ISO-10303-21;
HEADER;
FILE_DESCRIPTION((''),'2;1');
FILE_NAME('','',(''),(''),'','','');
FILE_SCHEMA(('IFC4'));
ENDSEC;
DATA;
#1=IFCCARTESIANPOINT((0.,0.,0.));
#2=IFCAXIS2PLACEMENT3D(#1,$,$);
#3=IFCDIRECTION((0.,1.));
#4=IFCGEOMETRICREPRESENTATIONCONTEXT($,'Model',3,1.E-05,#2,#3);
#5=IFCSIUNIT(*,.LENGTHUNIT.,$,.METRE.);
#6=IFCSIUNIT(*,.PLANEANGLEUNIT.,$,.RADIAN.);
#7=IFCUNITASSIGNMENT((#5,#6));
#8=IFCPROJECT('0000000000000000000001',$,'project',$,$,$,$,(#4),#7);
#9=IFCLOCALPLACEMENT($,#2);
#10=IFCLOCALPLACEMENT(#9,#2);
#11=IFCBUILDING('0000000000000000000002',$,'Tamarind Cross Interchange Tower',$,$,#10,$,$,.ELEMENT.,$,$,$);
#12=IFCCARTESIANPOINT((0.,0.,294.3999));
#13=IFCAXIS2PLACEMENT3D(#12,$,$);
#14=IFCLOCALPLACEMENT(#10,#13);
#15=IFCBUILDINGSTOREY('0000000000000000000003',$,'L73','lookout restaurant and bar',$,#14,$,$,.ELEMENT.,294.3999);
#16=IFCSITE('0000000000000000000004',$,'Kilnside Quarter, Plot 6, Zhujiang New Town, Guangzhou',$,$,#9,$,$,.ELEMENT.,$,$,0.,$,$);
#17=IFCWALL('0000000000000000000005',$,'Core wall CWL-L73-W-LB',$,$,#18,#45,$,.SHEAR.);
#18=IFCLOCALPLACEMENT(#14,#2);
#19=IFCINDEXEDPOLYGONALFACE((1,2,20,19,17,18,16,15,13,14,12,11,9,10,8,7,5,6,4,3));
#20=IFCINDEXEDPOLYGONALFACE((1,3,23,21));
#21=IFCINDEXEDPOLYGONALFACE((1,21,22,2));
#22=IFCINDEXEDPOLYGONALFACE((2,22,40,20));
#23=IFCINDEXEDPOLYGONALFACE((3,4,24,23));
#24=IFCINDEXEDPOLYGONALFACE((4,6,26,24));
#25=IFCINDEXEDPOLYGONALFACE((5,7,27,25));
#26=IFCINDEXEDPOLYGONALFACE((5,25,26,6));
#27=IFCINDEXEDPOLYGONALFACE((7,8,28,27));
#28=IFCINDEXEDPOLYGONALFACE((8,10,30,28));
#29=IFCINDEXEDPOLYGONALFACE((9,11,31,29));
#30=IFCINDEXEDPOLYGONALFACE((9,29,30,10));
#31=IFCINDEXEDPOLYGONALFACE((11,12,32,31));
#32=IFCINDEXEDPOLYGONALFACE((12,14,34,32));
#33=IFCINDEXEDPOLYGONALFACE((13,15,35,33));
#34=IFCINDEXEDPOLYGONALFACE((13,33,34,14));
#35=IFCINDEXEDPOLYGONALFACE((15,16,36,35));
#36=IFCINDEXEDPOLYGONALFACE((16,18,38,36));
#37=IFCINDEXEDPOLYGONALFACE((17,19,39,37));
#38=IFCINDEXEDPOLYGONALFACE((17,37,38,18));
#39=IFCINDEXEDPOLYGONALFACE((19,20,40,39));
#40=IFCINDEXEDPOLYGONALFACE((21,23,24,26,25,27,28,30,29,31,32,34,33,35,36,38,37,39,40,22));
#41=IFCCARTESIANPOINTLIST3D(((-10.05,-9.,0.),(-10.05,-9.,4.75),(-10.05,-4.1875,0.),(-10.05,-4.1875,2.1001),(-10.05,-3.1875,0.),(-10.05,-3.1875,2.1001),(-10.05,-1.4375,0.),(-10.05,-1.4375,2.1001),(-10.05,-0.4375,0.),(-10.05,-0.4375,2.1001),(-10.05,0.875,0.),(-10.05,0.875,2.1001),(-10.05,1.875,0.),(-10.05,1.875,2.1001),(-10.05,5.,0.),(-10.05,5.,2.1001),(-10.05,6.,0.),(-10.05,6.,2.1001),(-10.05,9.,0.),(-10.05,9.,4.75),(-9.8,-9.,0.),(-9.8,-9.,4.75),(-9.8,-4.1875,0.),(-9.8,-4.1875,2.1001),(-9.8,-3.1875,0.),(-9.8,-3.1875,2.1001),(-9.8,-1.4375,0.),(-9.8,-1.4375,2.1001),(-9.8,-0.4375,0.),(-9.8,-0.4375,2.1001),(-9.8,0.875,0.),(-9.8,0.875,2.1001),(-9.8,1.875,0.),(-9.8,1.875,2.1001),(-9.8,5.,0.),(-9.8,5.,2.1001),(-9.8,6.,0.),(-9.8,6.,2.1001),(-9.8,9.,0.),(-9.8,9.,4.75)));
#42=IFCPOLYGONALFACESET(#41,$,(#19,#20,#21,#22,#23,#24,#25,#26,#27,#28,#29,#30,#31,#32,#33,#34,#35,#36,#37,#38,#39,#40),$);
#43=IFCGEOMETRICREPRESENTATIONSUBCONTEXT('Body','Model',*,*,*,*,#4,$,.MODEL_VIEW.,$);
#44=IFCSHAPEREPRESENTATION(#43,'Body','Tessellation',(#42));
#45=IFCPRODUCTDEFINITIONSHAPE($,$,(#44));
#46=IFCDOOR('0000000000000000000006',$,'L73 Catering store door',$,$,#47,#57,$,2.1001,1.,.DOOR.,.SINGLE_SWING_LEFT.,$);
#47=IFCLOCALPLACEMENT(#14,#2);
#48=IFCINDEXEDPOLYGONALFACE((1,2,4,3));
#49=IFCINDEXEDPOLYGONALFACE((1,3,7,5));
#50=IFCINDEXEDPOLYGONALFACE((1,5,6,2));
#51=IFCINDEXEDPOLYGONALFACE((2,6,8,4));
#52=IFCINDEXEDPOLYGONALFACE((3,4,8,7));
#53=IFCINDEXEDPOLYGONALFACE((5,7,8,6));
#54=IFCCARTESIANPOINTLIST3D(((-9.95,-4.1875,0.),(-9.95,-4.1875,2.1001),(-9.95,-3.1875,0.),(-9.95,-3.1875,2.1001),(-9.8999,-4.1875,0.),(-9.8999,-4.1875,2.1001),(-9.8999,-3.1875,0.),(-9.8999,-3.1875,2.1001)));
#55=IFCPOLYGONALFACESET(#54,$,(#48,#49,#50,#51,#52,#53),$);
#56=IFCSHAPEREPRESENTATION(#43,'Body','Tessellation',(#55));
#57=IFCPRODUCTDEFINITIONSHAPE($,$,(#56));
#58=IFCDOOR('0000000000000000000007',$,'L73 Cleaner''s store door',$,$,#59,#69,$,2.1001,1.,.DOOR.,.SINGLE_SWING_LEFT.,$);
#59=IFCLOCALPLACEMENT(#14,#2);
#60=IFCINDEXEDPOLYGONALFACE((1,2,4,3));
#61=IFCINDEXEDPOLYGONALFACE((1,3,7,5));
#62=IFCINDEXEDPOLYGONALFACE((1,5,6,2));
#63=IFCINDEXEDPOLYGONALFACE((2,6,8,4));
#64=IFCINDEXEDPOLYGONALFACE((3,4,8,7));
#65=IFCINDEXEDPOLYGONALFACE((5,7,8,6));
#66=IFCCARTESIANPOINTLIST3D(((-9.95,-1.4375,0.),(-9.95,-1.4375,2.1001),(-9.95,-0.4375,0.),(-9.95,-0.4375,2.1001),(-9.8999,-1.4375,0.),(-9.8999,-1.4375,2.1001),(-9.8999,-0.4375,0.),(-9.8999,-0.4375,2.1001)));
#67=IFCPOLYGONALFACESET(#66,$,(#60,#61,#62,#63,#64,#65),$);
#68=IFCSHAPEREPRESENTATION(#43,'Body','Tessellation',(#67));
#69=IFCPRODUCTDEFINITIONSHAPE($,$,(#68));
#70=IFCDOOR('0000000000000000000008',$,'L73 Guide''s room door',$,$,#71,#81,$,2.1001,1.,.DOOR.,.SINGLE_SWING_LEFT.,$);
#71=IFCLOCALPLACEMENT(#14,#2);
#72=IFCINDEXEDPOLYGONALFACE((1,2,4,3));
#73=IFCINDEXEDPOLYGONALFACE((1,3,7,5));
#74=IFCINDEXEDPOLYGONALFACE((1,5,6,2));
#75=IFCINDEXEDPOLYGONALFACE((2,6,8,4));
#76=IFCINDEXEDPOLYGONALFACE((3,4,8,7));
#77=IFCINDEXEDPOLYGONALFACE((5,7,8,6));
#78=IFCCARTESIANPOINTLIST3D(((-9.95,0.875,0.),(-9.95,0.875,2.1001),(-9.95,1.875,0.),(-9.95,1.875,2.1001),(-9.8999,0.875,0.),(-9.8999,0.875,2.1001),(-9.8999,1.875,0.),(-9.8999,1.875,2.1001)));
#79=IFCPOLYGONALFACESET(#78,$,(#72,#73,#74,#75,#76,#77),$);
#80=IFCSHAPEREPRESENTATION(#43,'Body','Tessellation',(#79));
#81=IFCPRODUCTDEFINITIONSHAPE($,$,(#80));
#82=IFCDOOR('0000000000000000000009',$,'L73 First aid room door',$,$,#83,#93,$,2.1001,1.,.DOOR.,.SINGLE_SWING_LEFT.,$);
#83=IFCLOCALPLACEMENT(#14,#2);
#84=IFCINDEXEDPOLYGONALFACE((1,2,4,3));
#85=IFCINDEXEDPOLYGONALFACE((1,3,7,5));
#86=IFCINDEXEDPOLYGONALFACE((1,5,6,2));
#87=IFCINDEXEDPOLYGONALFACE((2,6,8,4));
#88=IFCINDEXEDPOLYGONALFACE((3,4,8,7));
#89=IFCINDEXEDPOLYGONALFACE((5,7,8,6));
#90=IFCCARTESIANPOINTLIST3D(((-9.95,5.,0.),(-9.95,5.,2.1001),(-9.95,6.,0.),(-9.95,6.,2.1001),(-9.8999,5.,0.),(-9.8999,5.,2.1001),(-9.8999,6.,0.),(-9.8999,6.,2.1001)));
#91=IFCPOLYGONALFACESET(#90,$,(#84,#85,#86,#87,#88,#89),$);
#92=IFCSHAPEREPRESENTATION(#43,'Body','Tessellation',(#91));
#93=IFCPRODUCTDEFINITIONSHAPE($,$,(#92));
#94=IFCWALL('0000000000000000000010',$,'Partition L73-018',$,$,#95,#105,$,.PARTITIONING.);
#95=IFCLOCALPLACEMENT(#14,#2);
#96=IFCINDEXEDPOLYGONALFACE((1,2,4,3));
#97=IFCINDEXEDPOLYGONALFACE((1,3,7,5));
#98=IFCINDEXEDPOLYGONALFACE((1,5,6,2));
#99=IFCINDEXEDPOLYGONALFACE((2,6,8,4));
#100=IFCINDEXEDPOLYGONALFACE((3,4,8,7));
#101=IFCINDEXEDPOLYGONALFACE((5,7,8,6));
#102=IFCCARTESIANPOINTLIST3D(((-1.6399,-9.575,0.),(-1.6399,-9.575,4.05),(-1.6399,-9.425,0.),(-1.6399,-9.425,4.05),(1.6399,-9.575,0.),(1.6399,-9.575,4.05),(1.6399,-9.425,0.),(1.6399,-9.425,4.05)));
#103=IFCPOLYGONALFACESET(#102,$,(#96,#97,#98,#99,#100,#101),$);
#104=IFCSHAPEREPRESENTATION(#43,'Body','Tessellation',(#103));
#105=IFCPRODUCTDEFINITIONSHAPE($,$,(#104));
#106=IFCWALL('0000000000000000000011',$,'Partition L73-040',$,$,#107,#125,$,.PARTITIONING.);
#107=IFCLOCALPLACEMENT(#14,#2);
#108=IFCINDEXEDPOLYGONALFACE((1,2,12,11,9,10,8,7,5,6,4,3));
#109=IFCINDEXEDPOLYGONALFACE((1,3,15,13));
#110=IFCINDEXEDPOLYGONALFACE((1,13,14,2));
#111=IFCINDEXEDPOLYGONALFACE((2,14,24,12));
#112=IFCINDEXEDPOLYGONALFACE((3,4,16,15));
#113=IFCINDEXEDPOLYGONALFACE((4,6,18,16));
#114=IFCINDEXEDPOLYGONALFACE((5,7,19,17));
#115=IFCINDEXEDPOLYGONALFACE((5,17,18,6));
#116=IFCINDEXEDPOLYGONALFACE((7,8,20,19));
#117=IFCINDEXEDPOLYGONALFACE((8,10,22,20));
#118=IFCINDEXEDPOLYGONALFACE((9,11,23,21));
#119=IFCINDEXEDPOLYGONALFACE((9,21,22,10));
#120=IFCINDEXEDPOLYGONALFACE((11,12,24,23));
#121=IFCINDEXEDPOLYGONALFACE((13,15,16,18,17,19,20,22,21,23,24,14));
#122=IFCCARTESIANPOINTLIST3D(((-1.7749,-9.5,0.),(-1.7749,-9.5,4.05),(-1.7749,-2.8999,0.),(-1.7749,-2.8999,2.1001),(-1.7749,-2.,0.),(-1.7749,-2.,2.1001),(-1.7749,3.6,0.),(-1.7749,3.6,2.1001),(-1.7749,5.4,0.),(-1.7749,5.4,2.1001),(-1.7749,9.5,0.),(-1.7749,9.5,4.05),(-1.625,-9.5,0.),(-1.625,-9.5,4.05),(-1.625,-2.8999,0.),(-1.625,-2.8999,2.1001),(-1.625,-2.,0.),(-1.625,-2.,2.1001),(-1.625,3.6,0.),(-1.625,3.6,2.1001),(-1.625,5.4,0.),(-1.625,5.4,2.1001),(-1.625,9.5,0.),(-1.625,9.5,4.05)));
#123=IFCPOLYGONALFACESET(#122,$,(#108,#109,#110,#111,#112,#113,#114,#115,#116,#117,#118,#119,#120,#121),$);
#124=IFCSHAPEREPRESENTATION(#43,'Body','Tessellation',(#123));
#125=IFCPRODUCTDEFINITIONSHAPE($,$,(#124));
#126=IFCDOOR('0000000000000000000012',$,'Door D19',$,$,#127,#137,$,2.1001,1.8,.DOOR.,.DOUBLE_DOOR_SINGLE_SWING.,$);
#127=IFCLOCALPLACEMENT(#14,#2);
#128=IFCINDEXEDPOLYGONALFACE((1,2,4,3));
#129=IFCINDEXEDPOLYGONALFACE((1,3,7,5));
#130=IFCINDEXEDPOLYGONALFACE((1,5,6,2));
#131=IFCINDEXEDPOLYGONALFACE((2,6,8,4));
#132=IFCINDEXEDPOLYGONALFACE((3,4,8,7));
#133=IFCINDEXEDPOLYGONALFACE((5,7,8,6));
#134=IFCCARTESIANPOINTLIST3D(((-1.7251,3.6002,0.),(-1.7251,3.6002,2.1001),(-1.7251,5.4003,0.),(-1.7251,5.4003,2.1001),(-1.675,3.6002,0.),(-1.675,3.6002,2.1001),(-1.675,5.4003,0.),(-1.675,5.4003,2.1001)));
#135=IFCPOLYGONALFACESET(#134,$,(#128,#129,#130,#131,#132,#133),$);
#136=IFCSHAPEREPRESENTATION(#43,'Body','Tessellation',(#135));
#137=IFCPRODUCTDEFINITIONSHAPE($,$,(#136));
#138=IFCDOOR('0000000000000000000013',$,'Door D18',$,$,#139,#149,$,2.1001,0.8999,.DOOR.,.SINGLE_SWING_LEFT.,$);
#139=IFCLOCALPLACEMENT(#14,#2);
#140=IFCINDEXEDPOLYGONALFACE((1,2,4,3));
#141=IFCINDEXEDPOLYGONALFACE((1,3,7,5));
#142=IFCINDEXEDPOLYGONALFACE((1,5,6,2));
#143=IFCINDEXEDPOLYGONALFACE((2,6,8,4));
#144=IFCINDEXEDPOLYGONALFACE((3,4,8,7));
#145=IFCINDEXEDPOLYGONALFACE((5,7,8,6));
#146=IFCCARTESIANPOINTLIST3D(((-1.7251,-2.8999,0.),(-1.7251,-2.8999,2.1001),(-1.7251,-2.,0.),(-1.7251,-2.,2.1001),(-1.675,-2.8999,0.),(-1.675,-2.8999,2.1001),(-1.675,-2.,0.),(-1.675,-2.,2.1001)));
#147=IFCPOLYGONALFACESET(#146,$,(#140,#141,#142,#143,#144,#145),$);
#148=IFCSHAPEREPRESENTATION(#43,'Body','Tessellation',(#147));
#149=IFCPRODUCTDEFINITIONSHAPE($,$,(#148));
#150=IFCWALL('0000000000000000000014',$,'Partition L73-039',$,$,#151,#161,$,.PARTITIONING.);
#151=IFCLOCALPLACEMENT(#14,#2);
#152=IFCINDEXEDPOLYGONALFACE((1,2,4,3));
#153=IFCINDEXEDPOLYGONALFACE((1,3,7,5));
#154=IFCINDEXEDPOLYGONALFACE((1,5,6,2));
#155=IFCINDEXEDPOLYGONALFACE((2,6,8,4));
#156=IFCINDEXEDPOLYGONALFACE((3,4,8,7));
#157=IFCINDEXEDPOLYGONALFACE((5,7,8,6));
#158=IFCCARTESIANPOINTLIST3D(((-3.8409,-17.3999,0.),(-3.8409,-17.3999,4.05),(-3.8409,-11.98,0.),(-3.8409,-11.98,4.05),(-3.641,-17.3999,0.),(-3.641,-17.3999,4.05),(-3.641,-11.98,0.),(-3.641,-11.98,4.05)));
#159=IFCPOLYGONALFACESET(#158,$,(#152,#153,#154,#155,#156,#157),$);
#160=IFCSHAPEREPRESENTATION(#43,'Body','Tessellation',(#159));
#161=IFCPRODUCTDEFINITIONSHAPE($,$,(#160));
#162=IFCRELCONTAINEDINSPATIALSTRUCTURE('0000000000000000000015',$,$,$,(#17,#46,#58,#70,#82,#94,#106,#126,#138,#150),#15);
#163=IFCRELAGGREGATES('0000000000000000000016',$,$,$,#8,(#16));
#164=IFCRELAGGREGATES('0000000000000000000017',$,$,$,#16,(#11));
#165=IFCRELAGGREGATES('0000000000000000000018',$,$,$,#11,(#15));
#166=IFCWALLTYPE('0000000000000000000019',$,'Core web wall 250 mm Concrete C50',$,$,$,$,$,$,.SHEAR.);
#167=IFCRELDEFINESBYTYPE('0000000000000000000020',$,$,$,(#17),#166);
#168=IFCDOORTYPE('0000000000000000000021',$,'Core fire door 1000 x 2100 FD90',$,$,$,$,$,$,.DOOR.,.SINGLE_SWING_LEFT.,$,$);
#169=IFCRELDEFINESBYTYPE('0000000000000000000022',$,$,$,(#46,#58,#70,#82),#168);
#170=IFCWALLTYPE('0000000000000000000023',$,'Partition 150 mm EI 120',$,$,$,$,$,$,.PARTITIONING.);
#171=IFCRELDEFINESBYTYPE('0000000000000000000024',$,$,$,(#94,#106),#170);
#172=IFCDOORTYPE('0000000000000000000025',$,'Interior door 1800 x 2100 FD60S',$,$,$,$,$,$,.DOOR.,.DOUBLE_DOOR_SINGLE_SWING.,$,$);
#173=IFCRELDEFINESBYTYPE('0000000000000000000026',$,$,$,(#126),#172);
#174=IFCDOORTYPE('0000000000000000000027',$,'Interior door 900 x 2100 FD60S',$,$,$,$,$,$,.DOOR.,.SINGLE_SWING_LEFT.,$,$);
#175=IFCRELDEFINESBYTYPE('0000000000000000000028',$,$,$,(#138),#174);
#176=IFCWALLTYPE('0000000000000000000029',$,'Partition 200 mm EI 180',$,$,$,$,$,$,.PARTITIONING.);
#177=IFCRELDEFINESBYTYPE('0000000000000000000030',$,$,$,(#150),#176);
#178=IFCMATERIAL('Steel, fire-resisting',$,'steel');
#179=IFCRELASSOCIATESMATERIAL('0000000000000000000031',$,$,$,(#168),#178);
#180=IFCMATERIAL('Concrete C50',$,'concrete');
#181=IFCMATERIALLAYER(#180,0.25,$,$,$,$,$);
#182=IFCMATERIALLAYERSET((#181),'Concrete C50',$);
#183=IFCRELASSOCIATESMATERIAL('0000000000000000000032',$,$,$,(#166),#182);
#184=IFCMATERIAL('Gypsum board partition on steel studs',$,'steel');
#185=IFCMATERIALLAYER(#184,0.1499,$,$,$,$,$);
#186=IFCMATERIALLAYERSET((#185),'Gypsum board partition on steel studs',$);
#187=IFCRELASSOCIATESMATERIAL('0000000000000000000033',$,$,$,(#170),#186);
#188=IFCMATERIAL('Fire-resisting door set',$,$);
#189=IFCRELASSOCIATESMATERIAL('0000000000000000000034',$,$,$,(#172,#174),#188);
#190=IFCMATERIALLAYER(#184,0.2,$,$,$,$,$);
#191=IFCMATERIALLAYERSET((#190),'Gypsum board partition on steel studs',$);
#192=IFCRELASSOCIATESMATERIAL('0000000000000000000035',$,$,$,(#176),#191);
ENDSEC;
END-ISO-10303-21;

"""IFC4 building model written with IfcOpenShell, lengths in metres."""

from ifc_helpers import new_model, si_unit, direction, frame, frame_2d, origin, place, context, subcontext, project, spatial, rectangle, extrude, material, layer, layer_set, type_object, element, fill, save


model = new_model("IFC4")

# Units and contexts
model_context = context("Model", 3, precision=1e-05, world=origin(), true_north=direction((0.0, 1.0)))
body_context = subcontext(model_context, "Body", "Model", "MODEL_VIEW")
ifc_project = project(units=[si_unit("LENGTHUNIT", "METRE"), si_unit("PLANEANGLEUNIT", "RADIAN")], contexts=[model_context])

# Site, building, storey
site_placement = place(None, origin())
site = spatial("IfcSite", under=ifc_project, at=site_placement, Name="Kilnside Quarter, Plot 6, Zhujiang New Town, Guangzhou", CompositionType="ELEMENT", RefElevation=0.0)
building_placement = place(site_placement, origin())
building = spatial("IfcBuilding", under=site, at=building_placement, Name="Tamarind Cross Interchange Tower", CompositionType="ELEMENT")
storey_placement = place(building_placement, frame((0.0, 0.0, 294.3999)))
storey = spatial("IfcBuildingStorey", under=building, at=storey_placement, Name="L73", Description="lookout restaurant and bar", CompositionType="ELEMENT", Elevation=294.3999)

# Shared definitions
ifc_material_1 = material(Name="Concrete C50", Category="concrete")
ifc_material_2 = material(Name="Steel, fire-resisting", Category="steel")
door_type_1 = type_object("IfcDoorType", Name="Core fire door 1000 x 2100 FD90", OperationType="SINGLE_SWING_LEFT", PredefinedType="DOOR", material=ifc_material_2)

# Shared definitions
ifc_layer_1 = layer(ifc_material_1, 0.25)
ifc_layer_set_1 = layer_set([ifc_layer_1], Name="Concrete C50")
wall_type_1 = type_object("IfcWallType", Name="Core web wall 250 mm Concrete C50", PredefinedType="SHEAR", material=ifc_layer_set_1)

# Wall, openings, doors
wall_1_placement = place(storey_placement, frame((-9.925, -9.0, 0.0), z_axis=(0.0, 0.0, 1.0), x_axis=(0.0, 1.0, 0.0)))
wall_1 = element("IfcWall", 1, at=wall_1_placement, inside=storey, type_object=wall_type_1, Name="Core wall CWL-L73-W-LB", PredefinedType="SHEAR", context=body_context, shape_type="SweptSolid", body=[
    extrude(rectangle(XDim=18.0, YDim=0.25, at=frame_2d((9.0, 0.0))), origin(), (0.0, 0.0, 1.0), 4.75),
])
opening_1_placement = place(wall_1_placement, frame((4.8125, 0.0, 0.0)))
opening_1 = element("IfcOpeningElement", 2, at=opening_1_placement, cuts=wall_1, PredefinedType="OPENING", context=body_context, shape_type="SweptSolid", body=[
    extrude(rectangle(XDim=1.0, YDim=2.1001, at=frame_2d((0.5, 1.05))), frame((0.0, 0.135, 0.0), z_axis=(0.0, -1.0, 0.0), x_axis=(1.0, 0.0, 0.0)), (0.0, 0.0, 1.0), 0.27),
])
opening_2_placement = place(wall_1_placement, frame((7.5625, 0.0, 0.0)))
opening_2 = element("IfcOpeningElement", 3, at=opening_2_placement, cuts=wall_1, PredefinedType="OPENING", context=body_context, shape_type="SweptSolid", body=[
    extrude(rectangle(XDim=1.0, YDim=2.1001, at=frame_2d((0.5, 1.05))), frame((0.0, 0.135, 0.0), z_axis=(0.0, -1.0, 0.0), x_axis=(1.0, 0.0, 0.0)), (0.0, 0.0, 1.0), 0.27),
])
opening_3_placement = place(wall_1_placement, frame((9.875, 0.0, 0.0)))
opening_3 = element("IfcOpeningElement", 4, at=opening_3_placement, cuts=wall_1, PredefinedType="OPENING", context=body_context, shape_type="SweptSolid", body=[
    extrude(rectangle(XDim=1.0, YDim=2.1001, at=frame_2d((0.5, 1.05))), frame((0.0, 0.135, 0.0), z_axis=(0.0, -1.0, 0.0), x_axis=(1.0, 0.0, 0.0)), (0.0, 0.0, 1.0), 0.27),
])
opening_4_placement = place(wall_1_placement, frame((14.0, 0.0, 0.0)))
opening_4 = element("IfcOpeningElement", 5, at=opening_4_placement, cuts=wall_1, PredefinedType="OPENING", context=body_context, shape_type="SweptSolid", body=[
    extrude(rectangle(XDim=1.0, YDim=2.1001, at=frame_2d((0.5, 1.05))), frame((0.0, 0.135, 0.0), z_axis=(0.0, -1.0, 0.0), x_axis=(1.0, 0.0, 0.0)), (0.0, 0.0, 1.0), 0.27),
])
door_1_placement = place(opening_1_placement, origin())
door_1 = element("IfcDoor", 6, at=door_1_placement, inside=storey, type_object=door_type_1, Name="L73 Catering store door", OperationType="SINGLE_SWING_LEFT", OverallHeight=2.1001, OverallWidth=1.0, PredefinedType="DOOR", context=body_context, shape_type="SweptSolid", body=[
    extrude(rectangle(XDim=1.0, YDim=2.1001, at=frame_2d((0.5, 1.05))), frame((0.0, 0.0249, 0.0), z_axis=(0.0, -1.0, 0.0), x_axis=(1.0, 0.0, 0.0)), (0.0, 0.0, 1.0), 0.05),
])
fill(opening_1, door_1)
door_2_placement = place(opening_2_placement, origin())
door_2 = element("IfcDoor", 7, at=door_2_placement, inside=storey, type_object=door_type_1, Name="L73 Cleaner's store door", OperationType="SINGLE_SWING_LEFT", OverallHeight=2.1001, OverallWidth=1.0, PredefinedType="DOOR", context=body_context, shape_type="SweptSolid", body=[
    extrude(rectangle(XDim=1.0, YDim=2.1001, at=frame_2d((0.5, 1.05))), frame((0.0, 0.0249, 0.0), z_axis=(0.0, -1.0, 0.0), x_axis=(1.0, 0.0, 0.0)), (0.0, 0.0, 1.0), 0.05),
])
fill(opening_2, door_2)
door_3_placement = place(opening_3_placement, origin())
door_3 = element("IfcDoor", 8, at=door_3_placement, inside=storey, type_object=door_type_1, Name="L73 Guide's room door", OperationType="SINGLE_SWING_LEFT", OverallHeight=2.1001, OverallWidth=1.0, PredefinedType="DOOR", context=body_context, shape_type="SweptSolid", body=[
    extrude(rectangle(XDim=1.0, YDim=2.1001, at=frame_2d((0.5, 1.05))), frame((0.0, 0.0249, 0.0), z_axis=(0.0, -1.0, 0.0), x_axis=(1.0, 0.0, 0.0)), (0.0, 0.0, 1.0), 0.05),
])
fill(opening_3, door_3)
door_4_placement = place(opening_4_placement, origin())
door_4 = element("IfcDoor", 9, at=door_4_placement, inside=storey, type_object=door_type_1, Name="L73 First aid room door", OperationType="SINGLE_SWING_LEFT", OverallHeight=2.1001, OverallWidth=1.0, PredefinedType="DOOR", context=body_context, shape_type="SweptSolid", body=[
    extrude(rectangle(XDim=1.0, YDim=2.1001, at=frame_2d((0.5, 1.05))), frame((0.0, 0.0249, 0.0), z_axis=(0.0, -1.0, 0.0), x_axis=(1.0, 0.0, 0.0)), (0.0, 0.0, 1.0), 0.05),
])
fill(opening_4, door_4)

# Wall
ifc_material_3 = material(Name="Gypsum board partition on steel studs", Category="steel")
ifc_layer_2 = layer(ifc_material_3, 0.1499)
ifc_layer_set_2 = layer_set([ifc_layer_2], Name="Gypsum board partition on steel studs")
wall_type_2 = type_object("IfcWallType", Name="Partition 150 mm EI 120", PredefinedType="PARTITIONING", material=ifc_layer_set_2)
wall_2_placement = place(storey_placement, frame((-1.6399, -9.5, 0.0), z_axis=(0.0, 0.0, 1.0), x_axis=(1.0, 0.0, 0.0)))
element("IfcWall", 10, at=wall_2_placement, inside=storey, type_object=wall_type_2, Name="Partition L73-018", PredefinedType="PARTITIONING", context=body_context, shape_type="SweptSolid", body=[
    extrude(rectangle(XDim=3.2798, YDim=0.1499, at=frame_2d((1.6399, 0.0))), origin(), (0.0, 0.0, 1.0), 4.05),
])

# Wall, openings, doors
wall_3_placement = place(storey_placement, frame((-1.7, -9.5, 0.0), z_axis=(0.0, 0.0, 1.0), x_axis=(0.0, 1.0, 0.0)))
wall_3 = element("IfcWall", 11, at=wall_3_placement, inside=storey, type_object=wall_type_2, Name="Partition L73-040", PredefinedType="PARTITIONING", context=body_context, shape_type="SweptSolid", body=[
    extrude(rectangle(XDim=19.0, YDim=0.1499, at=frame_2d((9.5, 0.0))), origin(), (0.0, 0.0, 1.0), 4.05),
])
opening_5_placement = place(wall_3_placement, frame((6.6001, 0.0, 0.0)))
opening_5 = element("IfcOpeningElement", 12, at=opening_5_placement, cuts=wall_3, PredefinedType="OPENING", context=body_context, shape_type="SweptSolid", body=[
    extrude(rectangle(XDim=0.8999, YDim=2.1001, at=frame_2d((0.45, 1.05))), frame((0.0, 0.085, 0.0), z_axis=(0.0, -1.0, 0.0), x_axis=(1.0, 0.0, 0.0)), (0.0, 0.0, 1.0), 0.1699),
])
opening_6_placement = place(wall_3_placement, frame((13.1001, 0.0, 0.0)))
opening_6 = element("IfcOpeningElement", 13, at=opening_6_placement, cuts=wall_3, PredefinedType="OPENING", context=body_context, shape_type="SweptSolid", body=[
    extrude(rectangle(XDim=1.8, YDim=2.1001, at=frame_2d((0.8999, 1.05))), frame((0.0, 0.085, 0.0), z_axis=(0.0, -1.0, 0.0), x_axis=(1.0, 0.0, 0.0)), (0.0, 0.0, 1.0), 0.1699),
])
ifc_material_4 = material(Name="Fire-resisting door set")
door_type_2 = type_object("IfcDoorType", Name="Interior door 1800 x 2100 FD60S", OperationType="DOUBLE_DOOR_SINGLE_SWING", PredefinedType="DOOR", material=ifc_material_4)
door_5_placement = place(opening_6_placement, frame((1.8, 0.0, 0.0), z_axis=(0.0, 0.0, 1.0), x_axis=(-1.0, 0.0, 0.0)))
door_5 = element("IfcDoor", 14, at=door_5_placement, inside=storey, type_object=door_type_2, Name="Door D19", OperationType="DOUBLE_DOOR_SINGLE_SWING", OverallHeight=2.1001, OverallWidth=1.8, PredefinedType="DOOR", context=body_context, shape_type="SweptSolid", body=[
    extrude(rectangle(XDim=1.8, YDim=2.1001, at=frame_2d((0.8999, 1.05))), frame((0.0, 0.0249, 0.0), z_axis=(0.0, -1.0, 0.0), x_axis=(1.0, 0.0, 0.0)), (0.0, 0.0, 1.0), 0.05),
])
fill(opening_6, door_5)
door_type_3 = type_object("IfcDoorType", Name="Interior door 900 x 2100 FD60S", OperationType="SINGLE_SWING_LEFT", PredefinedType="DOOR", material=ifc_material_4)
door_6_placement = place(opening_5_placement, frame((0.8999, 0.0, 0.0), z_axis=(0.0, 0.0, 1.0), x_axis=(-1.0, 0.0, 0.0)))
door_6 = element("IfcDoor", 15, at=door_6_placement, inside=storey, type_object=door_type_3, Name="Door D18", OperationType="SINGLE_SWING_LEFT", OverallHeight=2.1001, OverallWidth=0.8999, PredefinedType="DOOR", context=body_context, shape_type="SweptSolid", body=[
    extrude(rectangle(XDim=0.8999, YDim=2.1001, at=frame_2d((0.45, 1.05))), frame((0.0, 0.0249, 0.0), z_axis=(0.0, -1.0, 0.0), x_axis=(1.0, 0.0, 0.0)), (0.0, 0.0, 1.0), 0.05),
])
fill(opening_5, door_6)

# Wall
ifc_layer_3 = layer(ifc_material_3, 0.2)
ifc_layer_set_3 = layer_set([ifc_layer_3], Name="Gypsum board partition on steel studs")
wall_type_3 = type_object("IfcWallType", Name="Partition 200 mm EI 180", PredefinedType="PARTITIONING", material=ifc_layer_set_3)
wall_4_placement = place(storey_placement, frame((-3.741, -17.3999, 0.0), z_axis=(0.0, 0.0, 1.0), x_axis=(0.0, 1.0, 0.0)))
element("IfcWall", 16, at=wall_4_placement, inside=storey, type_object=wall_type_3, Name="Partition L73-039", PredefinedType="PARTITIONING", context=body_context, shape_type="SweptSolid", body=[
    extrude(rectangle(XDim=5.4199, YDim=0.2, at=frame_2d((2.71, 0.0))), origin(), (0.0, 0.0, 1.0), 4.05),
])

save(model, "model.ifc")
